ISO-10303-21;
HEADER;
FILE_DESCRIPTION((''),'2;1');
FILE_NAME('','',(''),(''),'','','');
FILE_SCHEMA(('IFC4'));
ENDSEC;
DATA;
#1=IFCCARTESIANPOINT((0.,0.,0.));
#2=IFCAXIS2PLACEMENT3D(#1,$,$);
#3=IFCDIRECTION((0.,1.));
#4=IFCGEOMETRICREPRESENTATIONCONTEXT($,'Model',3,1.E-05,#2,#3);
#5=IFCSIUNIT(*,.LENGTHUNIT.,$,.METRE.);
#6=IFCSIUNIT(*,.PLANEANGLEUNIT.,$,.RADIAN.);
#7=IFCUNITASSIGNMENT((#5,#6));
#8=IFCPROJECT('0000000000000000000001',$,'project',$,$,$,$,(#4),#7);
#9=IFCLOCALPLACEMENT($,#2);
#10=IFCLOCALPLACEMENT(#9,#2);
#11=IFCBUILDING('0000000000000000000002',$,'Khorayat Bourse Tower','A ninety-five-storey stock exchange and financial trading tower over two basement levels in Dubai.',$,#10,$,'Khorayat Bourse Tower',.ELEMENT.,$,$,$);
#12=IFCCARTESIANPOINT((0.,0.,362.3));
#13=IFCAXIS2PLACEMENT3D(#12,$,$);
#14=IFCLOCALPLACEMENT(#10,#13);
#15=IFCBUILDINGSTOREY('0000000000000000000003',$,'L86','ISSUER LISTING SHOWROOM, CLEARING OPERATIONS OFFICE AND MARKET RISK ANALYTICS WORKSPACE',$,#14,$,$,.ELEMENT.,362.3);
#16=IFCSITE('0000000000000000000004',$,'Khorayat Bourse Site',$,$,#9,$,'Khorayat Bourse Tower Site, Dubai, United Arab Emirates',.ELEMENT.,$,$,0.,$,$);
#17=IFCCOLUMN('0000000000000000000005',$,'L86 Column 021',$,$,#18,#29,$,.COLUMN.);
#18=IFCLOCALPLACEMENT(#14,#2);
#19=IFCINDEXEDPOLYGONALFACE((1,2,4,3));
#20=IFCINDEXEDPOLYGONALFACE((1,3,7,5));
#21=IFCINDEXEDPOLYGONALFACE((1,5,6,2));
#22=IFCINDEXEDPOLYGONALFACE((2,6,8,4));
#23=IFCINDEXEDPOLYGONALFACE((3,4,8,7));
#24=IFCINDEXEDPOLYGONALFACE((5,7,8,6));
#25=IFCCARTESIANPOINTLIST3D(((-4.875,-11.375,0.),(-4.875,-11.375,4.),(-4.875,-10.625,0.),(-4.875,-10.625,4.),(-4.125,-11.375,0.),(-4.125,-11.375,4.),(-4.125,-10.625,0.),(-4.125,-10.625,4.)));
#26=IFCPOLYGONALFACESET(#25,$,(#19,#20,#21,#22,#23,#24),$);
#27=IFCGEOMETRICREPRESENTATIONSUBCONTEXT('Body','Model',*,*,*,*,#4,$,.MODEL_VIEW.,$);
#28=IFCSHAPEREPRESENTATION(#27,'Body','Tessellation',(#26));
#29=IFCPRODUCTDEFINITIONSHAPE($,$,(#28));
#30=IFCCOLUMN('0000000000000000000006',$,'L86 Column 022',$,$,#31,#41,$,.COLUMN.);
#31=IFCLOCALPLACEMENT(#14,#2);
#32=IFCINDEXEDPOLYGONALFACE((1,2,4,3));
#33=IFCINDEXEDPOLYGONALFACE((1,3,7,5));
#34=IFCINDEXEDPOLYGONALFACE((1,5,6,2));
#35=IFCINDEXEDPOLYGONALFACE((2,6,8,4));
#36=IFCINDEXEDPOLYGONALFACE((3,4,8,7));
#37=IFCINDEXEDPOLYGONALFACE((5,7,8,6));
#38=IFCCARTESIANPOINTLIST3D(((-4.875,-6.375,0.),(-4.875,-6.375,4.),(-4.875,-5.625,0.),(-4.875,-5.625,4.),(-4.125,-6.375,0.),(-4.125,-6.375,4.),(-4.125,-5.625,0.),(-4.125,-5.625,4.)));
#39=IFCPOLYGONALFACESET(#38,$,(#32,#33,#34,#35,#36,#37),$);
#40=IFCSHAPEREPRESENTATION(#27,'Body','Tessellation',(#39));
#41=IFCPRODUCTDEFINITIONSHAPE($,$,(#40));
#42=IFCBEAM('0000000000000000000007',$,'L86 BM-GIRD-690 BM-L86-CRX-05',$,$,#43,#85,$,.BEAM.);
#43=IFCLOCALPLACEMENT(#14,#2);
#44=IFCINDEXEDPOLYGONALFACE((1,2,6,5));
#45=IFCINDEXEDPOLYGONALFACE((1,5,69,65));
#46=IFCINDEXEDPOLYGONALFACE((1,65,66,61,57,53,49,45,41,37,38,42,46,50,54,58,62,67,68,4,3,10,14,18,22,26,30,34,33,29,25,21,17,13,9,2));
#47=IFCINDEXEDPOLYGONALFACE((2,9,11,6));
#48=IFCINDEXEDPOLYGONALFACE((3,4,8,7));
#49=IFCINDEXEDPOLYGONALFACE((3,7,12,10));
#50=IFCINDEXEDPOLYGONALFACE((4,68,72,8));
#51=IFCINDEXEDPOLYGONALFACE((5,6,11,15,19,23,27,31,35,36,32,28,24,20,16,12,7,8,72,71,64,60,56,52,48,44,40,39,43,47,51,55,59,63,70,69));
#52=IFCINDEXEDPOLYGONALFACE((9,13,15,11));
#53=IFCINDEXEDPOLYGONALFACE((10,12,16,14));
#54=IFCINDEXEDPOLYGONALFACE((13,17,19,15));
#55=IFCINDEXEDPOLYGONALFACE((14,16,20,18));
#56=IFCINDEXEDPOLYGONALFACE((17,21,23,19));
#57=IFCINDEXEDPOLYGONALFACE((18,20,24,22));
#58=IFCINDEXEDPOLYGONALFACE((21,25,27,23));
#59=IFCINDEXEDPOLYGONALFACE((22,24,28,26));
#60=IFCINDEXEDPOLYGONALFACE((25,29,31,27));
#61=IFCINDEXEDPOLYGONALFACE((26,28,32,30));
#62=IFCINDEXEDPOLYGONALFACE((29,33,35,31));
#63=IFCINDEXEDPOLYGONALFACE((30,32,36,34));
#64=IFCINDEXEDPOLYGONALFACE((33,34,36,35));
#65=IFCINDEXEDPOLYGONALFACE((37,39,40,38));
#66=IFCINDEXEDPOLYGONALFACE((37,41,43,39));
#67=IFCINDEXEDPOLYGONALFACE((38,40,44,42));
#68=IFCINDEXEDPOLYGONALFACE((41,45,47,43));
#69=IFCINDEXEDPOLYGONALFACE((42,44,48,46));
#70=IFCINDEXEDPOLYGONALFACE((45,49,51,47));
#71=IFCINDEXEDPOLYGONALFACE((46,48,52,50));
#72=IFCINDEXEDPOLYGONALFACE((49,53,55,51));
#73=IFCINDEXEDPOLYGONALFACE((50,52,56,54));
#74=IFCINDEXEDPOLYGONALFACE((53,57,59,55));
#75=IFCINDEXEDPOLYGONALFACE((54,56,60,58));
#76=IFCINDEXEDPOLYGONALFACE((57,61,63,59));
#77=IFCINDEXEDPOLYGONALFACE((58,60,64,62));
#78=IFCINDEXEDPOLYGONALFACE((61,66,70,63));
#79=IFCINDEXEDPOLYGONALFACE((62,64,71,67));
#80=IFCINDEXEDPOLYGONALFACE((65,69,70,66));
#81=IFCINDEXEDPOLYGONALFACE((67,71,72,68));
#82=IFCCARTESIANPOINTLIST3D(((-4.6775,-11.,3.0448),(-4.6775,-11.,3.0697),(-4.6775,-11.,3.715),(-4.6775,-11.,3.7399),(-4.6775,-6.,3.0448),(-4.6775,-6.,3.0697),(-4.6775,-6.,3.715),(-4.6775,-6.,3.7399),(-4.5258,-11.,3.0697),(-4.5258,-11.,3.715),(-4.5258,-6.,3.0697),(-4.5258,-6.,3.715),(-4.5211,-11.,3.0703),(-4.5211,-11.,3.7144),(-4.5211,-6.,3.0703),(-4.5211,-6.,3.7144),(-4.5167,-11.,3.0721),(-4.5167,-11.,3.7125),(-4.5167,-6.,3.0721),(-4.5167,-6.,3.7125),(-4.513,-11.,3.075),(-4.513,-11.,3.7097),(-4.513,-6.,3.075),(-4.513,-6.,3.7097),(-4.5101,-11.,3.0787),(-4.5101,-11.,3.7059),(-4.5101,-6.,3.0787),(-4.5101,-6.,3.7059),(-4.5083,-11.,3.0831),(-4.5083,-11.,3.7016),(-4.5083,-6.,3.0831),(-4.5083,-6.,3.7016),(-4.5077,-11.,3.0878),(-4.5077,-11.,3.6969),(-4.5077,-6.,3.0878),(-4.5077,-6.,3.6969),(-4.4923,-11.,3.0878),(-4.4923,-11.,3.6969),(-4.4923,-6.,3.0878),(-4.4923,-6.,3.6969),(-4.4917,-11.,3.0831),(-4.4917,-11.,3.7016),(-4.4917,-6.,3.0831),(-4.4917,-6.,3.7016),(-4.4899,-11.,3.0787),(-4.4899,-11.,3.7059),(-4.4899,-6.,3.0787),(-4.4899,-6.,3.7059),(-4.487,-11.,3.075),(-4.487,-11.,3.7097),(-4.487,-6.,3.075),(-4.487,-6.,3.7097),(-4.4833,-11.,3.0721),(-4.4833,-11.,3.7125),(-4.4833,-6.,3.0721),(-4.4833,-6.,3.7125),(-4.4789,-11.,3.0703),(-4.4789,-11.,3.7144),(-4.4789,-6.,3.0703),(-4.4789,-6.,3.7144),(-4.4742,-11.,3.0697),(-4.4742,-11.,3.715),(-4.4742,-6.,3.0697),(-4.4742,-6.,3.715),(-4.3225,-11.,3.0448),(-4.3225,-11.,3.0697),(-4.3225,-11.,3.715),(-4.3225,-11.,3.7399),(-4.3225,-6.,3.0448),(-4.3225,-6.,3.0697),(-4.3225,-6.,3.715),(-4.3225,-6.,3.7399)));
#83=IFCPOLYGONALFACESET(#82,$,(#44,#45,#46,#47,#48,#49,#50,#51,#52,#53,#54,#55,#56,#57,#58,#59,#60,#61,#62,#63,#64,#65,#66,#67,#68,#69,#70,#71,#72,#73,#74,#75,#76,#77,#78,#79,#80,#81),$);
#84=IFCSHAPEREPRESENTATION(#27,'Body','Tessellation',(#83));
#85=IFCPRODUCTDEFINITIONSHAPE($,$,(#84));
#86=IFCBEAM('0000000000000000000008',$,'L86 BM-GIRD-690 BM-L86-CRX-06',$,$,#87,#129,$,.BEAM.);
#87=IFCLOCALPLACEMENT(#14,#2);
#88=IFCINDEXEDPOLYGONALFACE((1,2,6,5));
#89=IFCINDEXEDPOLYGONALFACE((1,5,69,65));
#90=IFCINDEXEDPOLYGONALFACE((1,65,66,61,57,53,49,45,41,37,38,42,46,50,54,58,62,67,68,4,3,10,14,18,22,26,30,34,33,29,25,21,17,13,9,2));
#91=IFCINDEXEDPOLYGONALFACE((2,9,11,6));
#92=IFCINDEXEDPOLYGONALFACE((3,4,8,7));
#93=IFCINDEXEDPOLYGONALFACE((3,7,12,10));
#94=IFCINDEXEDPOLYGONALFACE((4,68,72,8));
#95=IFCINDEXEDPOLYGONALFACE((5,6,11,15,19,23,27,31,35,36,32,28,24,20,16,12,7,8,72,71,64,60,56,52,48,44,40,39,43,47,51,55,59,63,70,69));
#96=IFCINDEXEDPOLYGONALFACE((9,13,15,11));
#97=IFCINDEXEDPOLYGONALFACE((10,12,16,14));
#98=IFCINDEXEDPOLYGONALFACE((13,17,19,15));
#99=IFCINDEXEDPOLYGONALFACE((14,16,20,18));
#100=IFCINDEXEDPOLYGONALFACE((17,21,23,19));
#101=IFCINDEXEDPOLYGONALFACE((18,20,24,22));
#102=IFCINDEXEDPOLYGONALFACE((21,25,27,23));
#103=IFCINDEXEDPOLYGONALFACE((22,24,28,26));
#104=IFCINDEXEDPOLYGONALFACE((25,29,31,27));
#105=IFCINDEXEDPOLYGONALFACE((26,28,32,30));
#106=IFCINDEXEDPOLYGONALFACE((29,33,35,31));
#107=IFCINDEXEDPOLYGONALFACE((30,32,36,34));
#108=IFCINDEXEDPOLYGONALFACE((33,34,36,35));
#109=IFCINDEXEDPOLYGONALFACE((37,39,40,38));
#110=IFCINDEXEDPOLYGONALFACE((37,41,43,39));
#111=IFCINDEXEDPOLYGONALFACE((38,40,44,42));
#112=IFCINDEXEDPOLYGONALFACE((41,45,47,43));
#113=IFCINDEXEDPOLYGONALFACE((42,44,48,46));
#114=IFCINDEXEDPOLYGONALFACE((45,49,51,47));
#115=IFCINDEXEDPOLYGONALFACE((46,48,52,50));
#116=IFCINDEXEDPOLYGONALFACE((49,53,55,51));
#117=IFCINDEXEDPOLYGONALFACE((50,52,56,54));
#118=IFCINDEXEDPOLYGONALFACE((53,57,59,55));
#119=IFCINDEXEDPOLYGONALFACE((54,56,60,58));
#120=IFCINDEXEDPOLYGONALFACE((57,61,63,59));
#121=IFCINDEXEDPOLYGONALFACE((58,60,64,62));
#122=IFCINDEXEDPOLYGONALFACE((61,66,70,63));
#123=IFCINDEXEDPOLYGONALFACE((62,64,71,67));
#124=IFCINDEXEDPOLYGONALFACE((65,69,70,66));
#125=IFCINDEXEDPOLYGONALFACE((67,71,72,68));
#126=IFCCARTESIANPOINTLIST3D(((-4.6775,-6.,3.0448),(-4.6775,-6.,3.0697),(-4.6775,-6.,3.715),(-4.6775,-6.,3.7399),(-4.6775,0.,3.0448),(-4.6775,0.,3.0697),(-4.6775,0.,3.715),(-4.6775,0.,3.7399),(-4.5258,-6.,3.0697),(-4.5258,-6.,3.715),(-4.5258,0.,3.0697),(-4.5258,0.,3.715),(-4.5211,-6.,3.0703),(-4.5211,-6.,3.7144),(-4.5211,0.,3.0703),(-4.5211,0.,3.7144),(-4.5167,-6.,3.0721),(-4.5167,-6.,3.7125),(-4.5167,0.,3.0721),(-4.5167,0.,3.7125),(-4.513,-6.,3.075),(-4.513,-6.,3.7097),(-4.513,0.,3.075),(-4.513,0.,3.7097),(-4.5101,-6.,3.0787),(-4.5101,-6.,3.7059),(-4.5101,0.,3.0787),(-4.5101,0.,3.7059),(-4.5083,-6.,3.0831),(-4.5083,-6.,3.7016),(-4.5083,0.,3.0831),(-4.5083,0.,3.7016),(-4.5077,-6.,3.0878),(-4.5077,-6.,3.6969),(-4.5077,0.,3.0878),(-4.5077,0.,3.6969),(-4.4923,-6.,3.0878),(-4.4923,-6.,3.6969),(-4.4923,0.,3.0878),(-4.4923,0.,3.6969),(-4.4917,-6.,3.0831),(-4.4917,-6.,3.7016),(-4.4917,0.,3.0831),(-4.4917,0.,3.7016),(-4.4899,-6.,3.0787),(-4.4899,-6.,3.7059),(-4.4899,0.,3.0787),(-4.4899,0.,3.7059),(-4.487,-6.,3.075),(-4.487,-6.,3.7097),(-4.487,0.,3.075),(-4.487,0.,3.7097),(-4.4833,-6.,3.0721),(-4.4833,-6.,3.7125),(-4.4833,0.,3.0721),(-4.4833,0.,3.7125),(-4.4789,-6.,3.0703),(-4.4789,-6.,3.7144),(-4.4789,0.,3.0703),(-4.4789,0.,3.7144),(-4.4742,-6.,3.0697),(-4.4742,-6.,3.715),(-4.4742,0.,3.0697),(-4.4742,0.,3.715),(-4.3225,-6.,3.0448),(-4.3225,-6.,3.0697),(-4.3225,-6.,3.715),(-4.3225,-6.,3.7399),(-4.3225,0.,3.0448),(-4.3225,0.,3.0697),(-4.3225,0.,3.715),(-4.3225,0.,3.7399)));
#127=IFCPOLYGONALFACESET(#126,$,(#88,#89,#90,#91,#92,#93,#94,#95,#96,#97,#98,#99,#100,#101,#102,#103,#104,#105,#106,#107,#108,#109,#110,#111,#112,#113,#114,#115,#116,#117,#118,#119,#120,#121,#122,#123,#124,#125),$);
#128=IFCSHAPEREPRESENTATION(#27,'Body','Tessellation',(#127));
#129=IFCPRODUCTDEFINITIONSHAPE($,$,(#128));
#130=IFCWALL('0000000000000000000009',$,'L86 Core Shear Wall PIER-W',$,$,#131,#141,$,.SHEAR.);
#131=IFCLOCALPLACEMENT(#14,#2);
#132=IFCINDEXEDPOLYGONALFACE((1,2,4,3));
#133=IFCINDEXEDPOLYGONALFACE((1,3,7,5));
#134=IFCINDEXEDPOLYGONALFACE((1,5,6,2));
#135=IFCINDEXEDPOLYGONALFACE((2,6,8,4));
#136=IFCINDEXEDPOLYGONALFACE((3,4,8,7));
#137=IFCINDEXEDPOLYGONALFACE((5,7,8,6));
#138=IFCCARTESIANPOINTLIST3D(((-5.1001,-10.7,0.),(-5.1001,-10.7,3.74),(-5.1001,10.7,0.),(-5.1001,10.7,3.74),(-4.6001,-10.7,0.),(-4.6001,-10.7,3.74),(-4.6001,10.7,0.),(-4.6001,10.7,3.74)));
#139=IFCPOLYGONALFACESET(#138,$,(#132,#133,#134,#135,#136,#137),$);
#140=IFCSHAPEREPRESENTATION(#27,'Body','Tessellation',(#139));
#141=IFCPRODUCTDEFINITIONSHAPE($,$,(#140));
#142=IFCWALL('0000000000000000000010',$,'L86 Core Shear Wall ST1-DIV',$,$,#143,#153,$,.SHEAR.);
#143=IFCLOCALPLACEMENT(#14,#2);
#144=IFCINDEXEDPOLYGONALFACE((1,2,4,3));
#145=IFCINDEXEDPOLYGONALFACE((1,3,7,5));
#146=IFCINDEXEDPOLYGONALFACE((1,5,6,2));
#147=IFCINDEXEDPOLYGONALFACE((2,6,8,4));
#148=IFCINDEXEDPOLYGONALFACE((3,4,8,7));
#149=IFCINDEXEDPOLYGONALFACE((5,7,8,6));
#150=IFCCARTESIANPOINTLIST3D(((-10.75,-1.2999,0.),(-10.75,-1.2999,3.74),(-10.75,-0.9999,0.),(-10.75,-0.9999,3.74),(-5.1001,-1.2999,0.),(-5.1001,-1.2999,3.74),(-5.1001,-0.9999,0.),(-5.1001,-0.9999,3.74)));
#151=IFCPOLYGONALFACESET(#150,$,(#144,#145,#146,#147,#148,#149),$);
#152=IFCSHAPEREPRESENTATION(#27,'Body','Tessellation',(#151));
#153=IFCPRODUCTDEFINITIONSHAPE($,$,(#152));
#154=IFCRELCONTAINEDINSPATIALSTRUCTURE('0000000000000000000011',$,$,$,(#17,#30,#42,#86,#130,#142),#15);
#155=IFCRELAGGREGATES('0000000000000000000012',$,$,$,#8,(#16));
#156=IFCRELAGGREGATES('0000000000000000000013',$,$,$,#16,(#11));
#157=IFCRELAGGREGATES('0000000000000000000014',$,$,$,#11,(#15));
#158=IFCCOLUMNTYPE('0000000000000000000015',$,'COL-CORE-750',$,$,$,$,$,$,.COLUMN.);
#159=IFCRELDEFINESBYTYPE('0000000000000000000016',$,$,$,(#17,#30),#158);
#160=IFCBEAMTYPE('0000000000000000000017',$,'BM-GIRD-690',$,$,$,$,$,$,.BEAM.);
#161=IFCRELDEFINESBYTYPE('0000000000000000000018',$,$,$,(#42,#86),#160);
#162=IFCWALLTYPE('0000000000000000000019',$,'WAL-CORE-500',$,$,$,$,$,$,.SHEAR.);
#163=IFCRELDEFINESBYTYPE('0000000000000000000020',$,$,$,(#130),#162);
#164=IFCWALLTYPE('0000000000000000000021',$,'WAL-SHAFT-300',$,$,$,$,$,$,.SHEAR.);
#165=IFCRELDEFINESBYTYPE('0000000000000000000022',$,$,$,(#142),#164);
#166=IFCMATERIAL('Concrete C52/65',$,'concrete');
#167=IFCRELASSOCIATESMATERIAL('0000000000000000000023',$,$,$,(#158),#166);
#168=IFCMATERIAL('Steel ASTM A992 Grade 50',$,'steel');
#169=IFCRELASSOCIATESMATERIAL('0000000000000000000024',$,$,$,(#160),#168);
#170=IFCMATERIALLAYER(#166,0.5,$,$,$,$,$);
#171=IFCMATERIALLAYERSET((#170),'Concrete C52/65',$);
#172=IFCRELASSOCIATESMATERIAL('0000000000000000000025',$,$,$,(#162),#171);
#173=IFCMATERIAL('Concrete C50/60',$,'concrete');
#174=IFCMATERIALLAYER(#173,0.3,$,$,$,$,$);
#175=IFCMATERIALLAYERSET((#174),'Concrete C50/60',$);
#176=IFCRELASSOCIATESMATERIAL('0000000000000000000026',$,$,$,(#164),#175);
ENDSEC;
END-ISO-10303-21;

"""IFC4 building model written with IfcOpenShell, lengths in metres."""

from ifc_helpers import new_model, si_unit, direction, frame, frame_2d, origin, origin_2d, place, context, subcontext, project, spatial, rectangle, i_section, extrude, source, transform, mapped, material, layer, layer_set, material_profile, profile_set, type_object, element, save


model = new_model("IFC4")

# Units and contexts
model_context = context("Model", 3, precision=1e-05, world=origin(), true_north=direction((0.0, 1.0)))
body_context = subcontext(model_context, "Body", "Model", "MODEL_VIEW")
ifc_project = project(units=[si_unit("LENGTHUNIT", "METRE"), si_unit("PLANEANGLEUNIT", "RADIAN")], contexts=[model_context])

# Site, building, storey
site_placement = place(None, origin())
site = spatial("IfcSite", under=ifc_project, at=site_placement, Name="Khorayat Bourse Site", LongName="Khorayat Bourse Tower Site, Dubai, United Arab Emirates", CompositionType="ELEMENT", RefElevation=0.0)
building_placement = place(site_placement, origin())
building = spatial("IfcBuilding", under=site, at=building_placement, Name="Khorayat Bourse Tower", Description="A ninety-five-storey stock exchange and financial trading tower over two basement levels in Dubai.", LongName="Khorayat Bourse Tower", CompositionType="ELEMENT")
storey_placement = place(building_placement, frame((0.0, 0.0, 362.3)))
storey = spatial("IfcBuildingStorey", under=building, at=storey_placement, Name="L86", Description="ISSUER LISTING SHOWROOM, CLEARING OPERATIONS OFFICE AND MARKET RISK ANALYTICS WORKSPACE", CompositionType="ELEMENT", Elevation=362.3)

# Columns
ifc_material_1 = material(Name="Concrete C52/65", Category="concrete")
ifc_material_profile_1 = material_profile(ifc_material_1, rectangle(XDim=0.75, YDim=0.75, at=origin_2d()), Name="RC 750x750")
ifc_profile_set_1 = profile_set([ifc_material_profile_1], Name="Concrete C52/65")
column_type = type_object("IfcColumnType", Name="COL-CORE-750", PredefinedType="COLUMN", material=ifc_profile_set_1)
shared_shape_1 = source(origin(), body_context, "Body", "SweptSolid", [
    extrude(rectangle(XDim=0.75, YDim=0.75, at=origin_2d()), origin(), (0.0, 0.0, 1.0), 4.0),
])
for number, where, z_axis, x_axis, name in (
    (1, (-4.5, -11.0, 0.0), (0.0, 0.0, 1.0), (1.0, 0.0, 0.0), "L86 Column 021"),
    (2, (-4.5, -6.0, 0.0), (0.0, 0.0, 1.0), (1.0, 0.0, 0.0), "L86 Column 022"),
):
    element("IfcColumn", number, at=place(storey_placement, frame(where, z_axis=z_axis, x_axis=x_axis)), inside=storey, type_object=column_type, Name=name, PredefinedType="COLUMN", context=body_context, shape_type="MappedRepresentation", body=[
        mapped(shared_shape_1, transform((0.0, 0.0, 0.0), scale=1.0)),
    ])

# Beams
ifc_material_2 = material(Name="Steel ASTM A992 Grade 50", Category="steel")
ifc_material_profile_2 = material_profile(ifc_material_2, i_section(OverallWidth=0.355, OverallDepth=0.6951, WebThickness=0.0154, FlangeThickness=0.0249, FilletRadius=0.0181, at=origin_2d()), Name="W690X217")
ifc_profile_set_2 = profile_set([ifc_material_profile_2], Name="Steel ASTM A992 Grade 50")
beam_type = type_object("IfcBeamType", Name="BM-GIRD-690", PredefinedType="BEAM", material=ifc_profile_set_2)
shared_shape_2 = source(origin(), body_context, "Body", "SweptSolid", [
    extrude(i_section(OverallWidth=0.355, OverallDepth=0.6951, WebThickness=0.0154, FlangeThickness=0.0249, FilletRadius=0.0181, at=origin_2d()), origin(), (0.0, 0.0, 1.0), 5.0),
])
beam_1_placement = place(storey_placement, frame((-4.5, -11.0, 3.3923), z_axis=(0.0, 1.0, 0.0), x_axis=(-1.0, 0.0, 0.0)))
element("IfcBeam", 3, at=beam_1_placement, inside=storey, type_object=beam_type, Name="L86 BM-GIRD-690 BM-L86-CRX-05", PredefinedType="BEAM", context=body_context, shape_type="MappedRepresentation", body=[
    mapped(shared_shape_2, transform((0.0, 0.0, 0.0), scale=1.0)),
])
shared_shape_3 = source(origin(), body_context, "Body", "SweptSolid", [
    extrude(i_section(OverallWidth=0.355, OverallDepth=0.6951, WebThickness=0.0154, FlangeThickness=0.0249, FilletRadius=0.0181, at=origin_2d()), origin(), (0.0, 0.0, 1.0), 6.0),
])
beam_2_placement = place(storey_placement, frame((-4.5, -6.0, 3.3923), z_axis=(0.0, 1.0, 0.0), x_axis=(-1.0, 0.0, 0.0)))
element("IfcBeam", 4, at=beam_2_placement, inside=storey, type_object=beam_type, Name="L86 BM-GIRD-690 BM-L86-CRX-06", PredefinedType="BEAM", context=body_context, shape_type="MappedRepresentation", body=[
    mapped(shared_shape_3, transform((0.0, 0.0, 0.0), scale=1.0)),
])

# Walls
ifc_layer_1 = layer(ifc_material_1, 0.5)
ifc_layer_set_1 = layer_set([ifc_layer_1], Name="Concrete C52/65")
wall_type_1 = type_object("IfcWallType", Name="WAL-CORE-500", PredefinedType="SHEAR", material=ifc_layer_set_1)
shared_shape_4 = source(origin(), body_context, "Body", "SweptSolid", [
    extrude(rectangle(XDim=21.3999, YDim=0.5, at=frame_2d((10.7, 0.0))), origin(), (0.0, 0.0, 1.0), 3.74),
])
wall_1_placement = place(storey_placement, frame((-4.8501, -10.7, 0.0), z_axis=(0.0, 0.0, 1.0), x_axis=(0.0, 1.0, 0.0)))
element("IfcWall", 5, at=wall_1_placement, inside=storey, type_object=wall_type_1, Name="L86 Core Shear Wall PIER-W", PredefinedType="SHEAR", context=body_context, shape_type="MappedRepresentation", body=[
    mapped(shared_shape_4, transform((0.0, 0.0, 0.0), scale=1.0)),
])
ifc_material_3 = material(Name="Concrete C50/60", Category="concrete")
ifc_layer_2 = layer(ifc_material_3, 0.3)
ifc_layer_set_2 = layer_set([ifc_layer_2], Name="Concrete C50/60")
wall_type_2 = type_object("IfcWallType", Name="WAL-SHAFT-300", PredefinedType="SHEAR", material=ifc_layer_set_2)
shared_shape_5 = source(origin(), body_context, "Body", "SweptSolid", [
    extrude(rectangle(XDim=5.6499, YDim=0.3, at=frame_2d((2.825, 0.0))), origin(), (0.0, 0.0, 1.0), 3.74),
])
wall_2_placement = place(storey_placement, frame((-10.75, -1.1499, 0.0), z_axis=(0.0, 0.0, 1.0), x_axis=(1.0, 0.0, 0.0)))
element("IfcWall", 6, at=wall_2_placement, inside=storey, type_object=wall_type_2, Name="L86 Core Shear Wall ST1-DIV", PredefinedType="SHEAR", context=body_context, shape_type="MappedRepresentation", body=[
    mapped(shared_shape_5, transform((0.0, 0.0, 0.0), scale=1.0)),
])

save(model, "model.ifc")
